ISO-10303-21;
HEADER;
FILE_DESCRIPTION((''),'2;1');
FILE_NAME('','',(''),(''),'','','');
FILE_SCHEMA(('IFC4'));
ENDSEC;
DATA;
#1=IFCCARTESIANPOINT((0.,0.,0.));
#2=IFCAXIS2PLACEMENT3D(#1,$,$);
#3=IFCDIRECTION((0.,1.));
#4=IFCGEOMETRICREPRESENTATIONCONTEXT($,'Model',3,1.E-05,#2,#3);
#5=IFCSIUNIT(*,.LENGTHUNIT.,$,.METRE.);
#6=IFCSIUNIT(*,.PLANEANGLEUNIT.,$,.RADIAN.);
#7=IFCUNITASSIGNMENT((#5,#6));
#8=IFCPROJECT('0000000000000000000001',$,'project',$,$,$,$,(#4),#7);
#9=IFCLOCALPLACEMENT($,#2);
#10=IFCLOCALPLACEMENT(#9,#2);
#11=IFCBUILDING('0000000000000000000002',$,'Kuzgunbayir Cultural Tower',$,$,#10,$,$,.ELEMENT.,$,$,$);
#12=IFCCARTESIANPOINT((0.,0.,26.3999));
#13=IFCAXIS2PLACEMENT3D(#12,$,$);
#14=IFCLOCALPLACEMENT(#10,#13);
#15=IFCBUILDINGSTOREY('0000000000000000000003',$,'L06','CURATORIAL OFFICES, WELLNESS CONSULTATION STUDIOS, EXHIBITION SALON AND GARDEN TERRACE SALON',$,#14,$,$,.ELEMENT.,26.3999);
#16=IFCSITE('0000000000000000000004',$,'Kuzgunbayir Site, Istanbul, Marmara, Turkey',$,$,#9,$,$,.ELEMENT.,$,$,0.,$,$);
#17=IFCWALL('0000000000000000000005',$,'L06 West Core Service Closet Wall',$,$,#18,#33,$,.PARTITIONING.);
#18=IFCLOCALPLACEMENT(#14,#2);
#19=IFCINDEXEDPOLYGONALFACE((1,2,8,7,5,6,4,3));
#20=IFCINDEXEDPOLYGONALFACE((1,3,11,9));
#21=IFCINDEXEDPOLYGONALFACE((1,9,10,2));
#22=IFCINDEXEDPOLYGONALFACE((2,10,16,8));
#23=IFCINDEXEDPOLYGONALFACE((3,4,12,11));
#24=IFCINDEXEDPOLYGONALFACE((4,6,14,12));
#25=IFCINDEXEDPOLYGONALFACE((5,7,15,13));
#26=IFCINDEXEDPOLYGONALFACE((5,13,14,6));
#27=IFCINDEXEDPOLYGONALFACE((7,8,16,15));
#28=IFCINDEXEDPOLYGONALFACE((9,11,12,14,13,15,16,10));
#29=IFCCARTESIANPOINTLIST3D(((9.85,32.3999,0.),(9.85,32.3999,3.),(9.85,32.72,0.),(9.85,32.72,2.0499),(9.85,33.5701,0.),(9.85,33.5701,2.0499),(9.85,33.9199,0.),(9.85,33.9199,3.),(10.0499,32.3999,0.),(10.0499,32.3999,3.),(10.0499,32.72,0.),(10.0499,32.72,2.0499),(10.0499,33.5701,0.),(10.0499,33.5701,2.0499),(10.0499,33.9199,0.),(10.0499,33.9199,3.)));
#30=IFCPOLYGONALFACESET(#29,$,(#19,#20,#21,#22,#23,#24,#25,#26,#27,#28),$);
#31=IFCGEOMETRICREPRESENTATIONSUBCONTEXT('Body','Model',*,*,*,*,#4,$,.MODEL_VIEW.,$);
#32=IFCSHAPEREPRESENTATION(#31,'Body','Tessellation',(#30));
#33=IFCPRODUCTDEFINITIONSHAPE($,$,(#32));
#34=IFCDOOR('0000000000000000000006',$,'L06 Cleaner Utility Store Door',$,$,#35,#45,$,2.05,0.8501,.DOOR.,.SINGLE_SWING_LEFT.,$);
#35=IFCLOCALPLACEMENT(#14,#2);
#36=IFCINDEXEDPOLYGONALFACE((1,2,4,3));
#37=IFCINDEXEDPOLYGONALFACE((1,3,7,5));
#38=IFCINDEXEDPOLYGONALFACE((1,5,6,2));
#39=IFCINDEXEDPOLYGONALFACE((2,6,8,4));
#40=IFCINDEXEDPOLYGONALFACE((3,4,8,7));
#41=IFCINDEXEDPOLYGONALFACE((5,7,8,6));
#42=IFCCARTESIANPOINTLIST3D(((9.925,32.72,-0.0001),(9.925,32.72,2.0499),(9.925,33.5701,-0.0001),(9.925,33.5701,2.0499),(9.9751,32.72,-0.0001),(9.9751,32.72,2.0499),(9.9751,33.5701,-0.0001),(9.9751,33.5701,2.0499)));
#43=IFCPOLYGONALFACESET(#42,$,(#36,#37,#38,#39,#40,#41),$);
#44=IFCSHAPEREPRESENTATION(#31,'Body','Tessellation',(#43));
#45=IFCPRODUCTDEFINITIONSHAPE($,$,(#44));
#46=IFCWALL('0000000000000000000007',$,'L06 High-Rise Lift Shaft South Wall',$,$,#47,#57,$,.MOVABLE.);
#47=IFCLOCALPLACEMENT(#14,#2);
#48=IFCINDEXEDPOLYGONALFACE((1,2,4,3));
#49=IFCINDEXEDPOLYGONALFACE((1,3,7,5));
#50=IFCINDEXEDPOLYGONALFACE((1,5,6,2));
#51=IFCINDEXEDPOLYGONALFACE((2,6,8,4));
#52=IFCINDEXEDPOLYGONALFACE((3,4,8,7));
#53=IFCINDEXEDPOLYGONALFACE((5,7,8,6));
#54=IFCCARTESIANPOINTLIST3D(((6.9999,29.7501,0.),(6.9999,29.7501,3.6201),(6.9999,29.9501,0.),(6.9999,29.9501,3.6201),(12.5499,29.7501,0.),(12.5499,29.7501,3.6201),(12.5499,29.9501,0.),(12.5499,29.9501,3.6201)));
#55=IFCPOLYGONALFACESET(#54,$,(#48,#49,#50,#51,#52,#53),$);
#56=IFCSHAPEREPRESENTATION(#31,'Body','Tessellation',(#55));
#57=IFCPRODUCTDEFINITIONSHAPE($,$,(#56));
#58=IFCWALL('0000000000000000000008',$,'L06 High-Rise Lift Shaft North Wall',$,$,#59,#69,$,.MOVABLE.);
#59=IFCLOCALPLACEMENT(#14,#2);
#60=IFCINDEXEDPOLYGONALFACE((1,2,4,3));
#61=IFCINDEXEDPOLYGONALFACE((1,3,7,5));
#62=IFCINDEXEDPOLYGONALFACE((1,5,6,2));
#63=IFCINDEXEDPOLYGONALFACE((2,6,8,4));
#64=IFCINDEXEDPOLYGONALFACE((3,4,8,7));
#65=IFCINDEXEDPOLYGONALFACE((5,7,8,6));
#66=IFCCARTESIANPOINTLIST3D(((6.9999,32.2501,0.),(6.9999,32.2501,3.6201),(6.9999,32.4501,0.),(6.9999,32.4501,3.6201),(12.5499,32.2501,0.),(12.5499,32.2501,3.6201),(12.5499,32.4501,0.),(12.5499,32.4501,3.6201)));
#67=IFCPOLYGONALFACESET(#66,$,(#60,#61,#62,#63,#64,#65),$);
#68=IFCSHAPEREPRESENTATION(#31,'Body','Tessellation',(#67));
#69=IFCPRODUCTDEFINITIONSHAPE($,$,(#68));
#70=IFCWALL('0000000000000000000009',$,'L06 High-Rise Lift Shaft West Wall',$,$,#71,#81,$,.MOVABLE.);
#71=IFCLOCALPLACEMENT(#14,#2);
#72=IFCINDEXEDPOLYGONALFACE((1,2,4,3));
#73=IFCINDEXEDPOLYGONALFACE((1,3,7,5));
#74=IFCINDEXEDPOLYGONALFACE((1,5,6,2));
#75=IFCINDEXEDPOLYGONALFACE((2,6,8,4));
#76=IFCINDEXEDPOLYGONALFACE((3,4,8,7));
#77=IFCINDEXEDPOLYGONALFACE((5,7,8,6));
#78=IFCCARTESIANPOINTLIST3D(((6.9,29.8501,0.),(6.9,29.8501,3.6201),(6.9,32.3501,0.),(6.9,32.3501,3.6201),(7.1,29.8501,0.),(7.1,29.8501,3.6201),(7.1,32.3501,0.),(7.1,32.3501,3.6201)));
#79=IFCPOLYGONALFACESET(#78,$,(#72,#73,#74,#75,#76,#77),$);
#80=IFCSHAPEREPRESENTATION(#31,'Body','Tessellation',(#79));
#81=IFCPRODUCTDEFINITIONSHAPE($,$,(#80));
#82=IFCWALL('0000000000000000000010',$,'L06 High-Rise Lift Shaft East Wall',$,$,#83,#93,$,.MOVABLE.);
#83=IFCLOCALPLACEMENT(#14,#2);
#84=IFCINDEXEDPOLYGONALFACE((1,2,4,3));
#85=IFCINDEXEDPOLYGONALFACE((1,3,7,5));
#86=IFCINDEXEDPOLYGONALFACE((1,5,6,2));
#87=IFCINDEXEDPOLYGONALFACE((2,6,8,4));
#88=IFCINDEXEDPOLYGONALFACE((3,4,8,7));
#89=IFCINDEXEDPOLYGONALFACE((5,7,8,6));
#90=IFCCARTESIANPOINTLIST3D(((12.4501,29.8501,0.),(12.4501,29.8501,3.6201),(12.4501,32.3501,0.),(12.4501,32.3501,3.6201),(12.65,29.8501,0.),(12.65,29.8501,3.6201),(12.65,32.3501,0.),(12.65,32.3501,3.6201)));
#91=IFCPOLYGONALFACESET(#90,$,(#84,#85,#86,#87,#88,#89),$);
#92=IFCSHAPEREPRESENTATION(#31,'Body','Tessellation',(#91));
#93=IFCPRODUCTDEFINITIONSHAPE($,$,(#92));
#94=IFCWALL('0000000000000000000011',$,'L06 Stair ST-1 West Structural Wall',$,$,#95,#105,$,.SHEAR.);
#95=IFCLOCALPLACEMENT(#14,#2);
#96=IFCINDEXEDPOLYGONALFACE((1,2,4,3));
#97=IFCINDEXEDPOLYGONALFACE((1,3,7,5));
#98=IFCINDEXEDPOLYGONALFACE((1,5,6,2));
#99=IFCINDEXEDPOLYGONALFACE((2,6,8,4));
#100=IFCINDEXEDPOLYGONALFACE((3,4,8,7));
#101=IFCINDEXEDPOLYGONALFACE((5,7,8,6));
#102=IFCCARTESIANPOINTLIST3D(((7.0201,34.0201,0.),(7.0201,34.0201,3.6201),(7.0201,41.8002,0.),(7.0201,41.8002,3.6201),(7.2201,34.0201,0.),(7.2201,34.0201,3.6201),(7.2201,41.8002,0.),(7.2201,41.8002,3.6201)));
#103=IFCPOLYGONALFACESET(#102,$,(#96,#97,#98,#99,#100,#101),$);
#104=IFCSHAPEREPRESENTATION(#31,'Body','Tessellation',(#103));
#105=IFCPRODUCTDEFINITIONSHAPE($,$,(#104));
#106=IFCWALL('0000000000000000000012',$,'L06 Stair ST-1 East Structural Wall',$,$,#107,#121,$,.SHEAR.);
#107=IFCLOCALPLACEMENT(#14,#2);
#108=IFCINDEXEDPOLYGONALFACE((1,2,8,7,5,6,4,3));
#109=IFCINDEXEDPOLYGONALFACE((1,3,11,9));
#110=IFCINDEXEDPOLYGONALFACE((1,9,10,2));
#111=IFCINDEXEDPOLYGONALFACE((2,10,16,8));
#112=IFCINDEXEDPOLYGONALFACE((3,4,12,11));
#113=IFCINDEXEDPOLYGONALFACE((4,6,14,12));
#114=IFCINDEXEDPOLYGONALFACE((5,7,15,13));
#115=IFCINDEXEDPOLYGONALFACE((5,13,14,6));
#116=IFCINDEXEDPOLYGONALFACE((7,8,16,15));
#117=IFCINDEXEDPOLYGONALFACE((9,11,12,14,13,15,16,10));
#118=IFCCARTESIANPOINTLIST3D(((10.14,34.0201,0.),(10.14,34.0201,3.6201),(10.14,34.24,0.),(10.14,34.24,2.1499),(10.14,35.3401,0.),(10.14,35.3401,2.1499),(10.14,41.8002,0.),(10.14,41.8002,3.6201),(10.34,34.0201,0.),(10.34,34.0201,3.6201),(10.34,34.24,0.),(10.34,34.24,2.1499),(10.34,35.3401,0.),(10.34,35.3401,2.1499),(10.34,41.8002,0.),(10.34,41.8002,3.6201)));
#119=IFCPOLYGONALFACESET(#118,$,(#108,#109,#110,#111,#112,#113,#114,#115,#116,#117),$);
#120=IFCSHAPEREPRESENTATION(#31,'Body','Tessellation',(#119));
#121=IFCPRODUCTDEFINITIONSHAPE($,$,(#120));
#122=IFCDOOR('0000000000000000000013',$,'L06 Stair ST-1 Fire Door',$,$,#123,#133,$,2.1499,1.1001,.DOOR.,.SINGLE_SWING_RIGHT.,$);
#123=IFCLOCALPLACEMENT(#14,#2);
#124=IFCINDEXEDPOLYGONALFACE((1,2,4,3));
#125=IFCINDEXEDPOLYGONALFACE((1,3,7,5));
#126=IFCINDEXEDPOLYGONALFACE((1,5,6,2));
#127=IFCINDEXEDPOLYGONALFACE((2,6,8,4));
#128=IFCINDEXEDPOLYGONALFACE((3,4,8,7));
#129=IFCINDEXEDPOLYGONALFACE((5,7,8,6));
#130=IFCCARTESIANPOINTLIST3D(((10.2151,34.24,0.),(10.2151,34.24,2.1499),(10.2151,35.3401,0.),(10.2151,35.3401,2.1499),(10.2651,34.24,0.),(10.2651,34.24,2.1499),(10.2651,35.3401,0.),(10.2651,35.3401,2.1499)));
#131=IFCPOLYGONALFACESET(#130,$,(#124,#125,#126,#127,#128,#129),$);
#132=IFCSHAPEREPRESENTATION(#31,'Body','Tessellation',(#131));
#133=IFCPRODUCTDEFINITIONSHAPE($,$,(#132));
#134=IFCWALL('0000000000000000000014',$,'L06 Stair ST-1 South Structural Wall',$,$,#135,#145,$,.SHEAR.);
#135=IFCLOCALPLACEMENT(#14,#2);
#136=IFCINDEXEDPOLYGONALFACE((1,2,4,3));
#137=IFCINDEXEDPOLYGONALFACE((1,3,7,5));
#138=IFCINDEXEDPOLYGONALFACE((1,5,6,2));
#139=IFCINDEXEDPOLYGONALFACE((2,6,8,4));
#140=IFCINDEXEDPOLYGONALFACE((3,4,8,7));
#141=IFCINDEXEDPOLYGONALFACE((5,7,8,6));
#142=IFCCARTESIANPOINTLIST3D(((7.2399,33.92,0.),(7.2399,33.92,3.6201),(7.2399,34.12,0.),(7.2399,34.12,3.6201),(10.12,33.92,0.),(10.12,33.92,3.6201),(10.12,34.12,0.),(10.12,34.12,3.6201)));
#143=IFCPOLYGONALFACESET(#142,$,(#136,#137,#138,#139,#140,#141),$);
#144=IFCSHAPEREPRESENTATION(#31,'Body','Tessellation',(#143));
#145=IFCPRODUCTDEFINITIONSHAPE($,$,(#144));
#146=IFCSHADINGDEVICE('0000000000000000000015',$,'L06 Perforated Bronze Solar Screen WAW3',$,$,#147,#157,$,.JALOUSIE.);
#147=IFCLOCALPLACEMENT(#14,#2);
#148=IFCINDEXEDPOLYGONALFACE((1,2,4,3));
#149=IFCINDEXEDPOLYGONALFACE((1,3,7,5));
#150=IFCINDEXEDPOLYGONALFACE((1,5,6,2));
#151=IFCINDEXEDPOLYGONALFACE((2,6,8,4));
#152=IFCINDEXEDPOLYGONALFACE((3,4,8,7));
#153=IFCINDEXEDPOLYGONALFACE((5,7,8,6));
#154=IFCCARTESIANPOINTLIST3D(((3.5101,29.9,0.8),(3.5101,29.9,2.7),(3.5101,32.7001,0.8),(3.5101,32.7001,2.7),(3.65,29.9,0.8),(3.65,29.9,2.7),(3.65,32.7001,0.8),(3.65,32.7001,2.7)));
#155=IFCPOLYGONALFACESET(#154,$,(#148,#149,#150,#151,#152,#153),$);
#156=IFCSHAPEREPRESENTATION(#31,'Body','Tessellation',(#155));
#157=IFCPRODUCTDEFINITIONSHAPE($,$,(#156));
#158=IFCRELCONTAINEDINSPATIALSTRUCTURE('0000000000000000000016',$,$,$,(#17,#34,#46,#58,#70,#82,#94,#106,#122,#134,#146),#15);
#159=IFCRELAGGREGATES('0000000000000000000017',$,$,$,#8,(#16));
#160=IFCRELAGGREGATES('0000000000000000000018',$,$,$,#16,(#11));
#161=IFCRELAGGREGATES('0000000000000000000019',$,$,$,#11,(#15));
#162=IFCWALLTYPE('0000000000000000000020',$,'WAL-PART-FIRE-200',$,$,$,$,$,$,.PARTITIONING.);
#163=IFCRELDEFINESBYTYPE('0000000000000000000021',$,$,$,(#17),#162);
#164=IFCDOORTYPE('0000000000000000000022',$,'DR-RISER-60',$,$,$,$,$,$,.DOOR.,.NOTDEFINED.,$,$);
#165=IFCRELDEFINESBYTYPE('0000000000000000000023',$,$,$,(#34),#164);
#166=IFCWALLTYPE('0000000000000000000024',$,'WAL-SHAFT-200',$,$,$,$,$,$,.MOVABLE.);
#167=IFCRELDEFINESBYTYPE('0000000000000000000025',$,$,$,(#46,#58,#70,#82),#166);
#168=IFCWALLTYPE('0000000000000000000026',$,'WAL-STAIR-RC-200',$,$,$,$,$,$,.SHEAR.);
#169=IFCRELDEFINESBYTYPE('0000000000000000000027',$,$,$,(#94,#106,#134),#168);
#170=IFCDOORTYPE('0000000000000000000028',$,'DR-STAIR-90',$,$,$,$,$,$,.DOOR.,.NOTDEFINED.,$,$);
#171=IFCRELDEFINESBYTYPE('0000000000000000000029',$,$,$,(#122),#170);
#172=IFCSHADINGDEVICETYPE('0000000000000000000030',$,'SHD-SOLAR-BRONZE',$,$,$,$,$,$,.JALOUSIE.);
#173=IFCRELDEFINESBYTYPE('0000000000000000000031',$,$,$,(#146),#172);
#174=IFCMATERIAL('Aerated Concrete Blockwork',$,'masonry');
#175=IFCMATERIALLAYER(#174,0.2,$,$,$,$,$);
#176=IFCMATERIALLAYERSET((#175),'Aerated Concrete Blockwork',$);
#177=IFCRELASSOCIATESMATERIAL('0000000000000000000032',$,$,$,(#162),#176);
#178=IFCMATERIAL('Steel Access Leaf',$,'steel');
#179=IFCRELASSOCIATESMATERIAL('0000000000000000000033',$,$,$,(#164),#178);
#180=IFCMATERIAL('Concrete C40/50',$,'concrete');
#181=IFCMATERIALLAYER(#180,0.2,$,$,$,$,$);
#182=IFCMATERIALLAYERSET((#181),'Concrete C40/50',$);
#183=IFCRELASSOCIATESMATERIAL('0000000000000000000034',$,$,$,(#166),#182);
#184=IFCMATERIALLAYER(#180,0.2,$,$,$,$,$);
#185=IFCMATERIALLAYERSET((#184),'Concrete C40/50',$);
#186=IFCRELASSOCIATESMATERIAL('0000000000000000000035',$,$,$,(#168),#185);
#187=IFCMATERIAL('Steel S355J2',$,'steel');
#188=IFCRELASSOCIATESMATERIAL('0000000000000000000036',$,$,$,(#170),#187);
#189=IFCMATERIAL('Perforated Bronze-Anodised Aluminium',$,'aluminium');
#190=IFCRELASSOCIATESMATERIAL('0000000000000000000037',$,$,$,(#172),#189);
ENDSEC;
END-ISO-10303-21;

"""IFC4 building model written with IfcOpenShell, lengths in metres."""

from ifc_helpers import new_model, si_unit, direction, frame, frame_2d, origin, origin_2d, place, context, subcontext, project, spatial, rectangle, extrude, material, layer, layer_set, type_object, element, fill, save


model = new_model("IFC4")

# Units and contexts
model_context = context("Model", 3, precision=1e-05, world=origin(), true_north=direction((0.0, 1.0)))
body_context = subcontext(model_context, "Body", "Model", "MODEL_VIEW")
ifc_project = project(units=[si_unit("LENGTHUNIT", "METRE"), si_unit("PLANEANGLEUNIT", "RADIAN")], contexts=[model_context])

# Site, building, storey
site_placement = place(None, origin())
site = spatial("IfcSite", under=ifc_project, at=site_placement, Name="Kuzgunbayir Site, Istanbul, Marmara, Turkey", CompositionType="ELEMENT", RefElevation=0.0)
building_placement = place(site_placement, origin())
building = spatial("IfcBuilding", under=site, at=building_placement, Name="Kuzgunbayir Cultural Tower", CompositionType="ELEMENT")
storey_placement = place(building_placement, frame((0.0, 0.0, 26.3999)))
storey = spatial("IfcBuildingStorey", under=building, at=storey_placement, Name="L06", Description="CURATORIAL OFFICES, WELLNESS CONSULTATION STUDIOS, EXHIBITION SALON AND GARDEN TERRACE SALON", CompositionType="ELEMENT", Elevation=26.3999)

# Shared definitions
ifc_material_1 = material(Name="Steel S355J2", Category="steel")

# Shared definitions
ifc_material_2 = material(Name="Aerated Concrete Blockwork", Category="masonry")
ifc_layer_1 = layer(ifc_material_2, 0.2)
ifc_layer_set_1 = layer_set([ifc_layer_1], Name="Aerated Concrete Blockwork")
wall_type_1 = type_object("IfcWallType", Name="WAL-PART-FIRE-200", PredefinedType="PARTITIONING", material=ifc_layer_set_1)

# Wall, opening, door
wall_1_placement = place(storey_placement, frame((9.95, 32.3999, 0.0), z_axis=(0.0, 0.0, 1.0), x_axis=(0.0, 1.0, 0.0)))
wall_1 = element("IfcWall", 1, at=wall_1_placement, inside=storey, type_object=wall_type_1, Name="L06 West Core Service Closet Wall", PredefinedType="PARTITIONING", context=body_context, shape_type="SweptSolid", body=[
    extrude(rectangle(XDim=1.52, YDim=0.2, at=frame_2d((0.76, 0.0))), origin(), (0.0, 0.0, 1.0), 3.0),
])
opening_1_placement = place(wall_1_placement, frame((0.3201, 0.0, 0.0)))
opening_1 = element("IfcOpeningElement", 2, at=opening_1_placement, cuts=wall_1, PredefinedType="OPENING", context=body_context, shape_type="SweptSolid", body=[
    extrude(rectangle(XDim=0.8501, YDim=2.05, at=frame_2d((0.425, 1.0249))), frame((0.0, 0.1099, 0.0), z_axis=(0.0, -1.0, 0.0), x_axis=(1.0, 0.0, 0.0)), (0.0, 0.0, 1.0), 0.22),
])
ifc_material_3 = material(Name="Steel Access Leaf", Category="steel")
door_type_1 = type_object("IfcDoorType", Name="DR-RISER-60", OperationType="NOTDEFINED", PredefinedType="DOOR", material=ifc_material_3)
door_1_placement = place(opening_1_placement, origin())
door_1 = element("IfcDoor", 3, at=door_1_placement, inside=storey, type_object=door_type_1, Name="L06 Cleaner Utility Store Door", OperationType="SINGLE_SWING_LEFT", OverallHeight=2.05, OverallWidth=0.8501, PredefinedType="DOOR", context=body_context, shape_type="SweptSolid", body=[
    extrude(rectangle(XDim=0.8501, YDim=2.05, at=frame_2d((0.425, 1.0249))), frame((0.0, 0.0249, 0.0), z_axis=(0.0, -1.0, 0.0), x_axis=(1.0, 0.0, 0.0)), (0.0, 0.0, 1.0), 0.05),
])
fill(opening_1, door_1)

# Walls
ifc_material_4 = material(Name="Concrete C40/50", Category="concrete")
ifc_layer_2 = layer(ifc_material_4, 0.2)
ifc_layer_set_2 = layer_set([ifc_layer_2], Name="Concrete C40/50")
wall_type_2 = type_object("IfcWallType", Name="WAL-SHAFT-200", PredefinedType="MOVABLE", material=ifc_layer_set_2)
for number, where, z_axis, x_axis, name in (
    (4, (7.0, 29.8501, 0.0), (0.0, 0.0, 1.0), (1.0, 0.0, 0.0), "L06 High-Rise Lift Shaft South Wall"),
    (5, (7.0, 32.3501, 0.0), (0.0, 0.0, 1.0), (1.0, 0.0, 0.0), "L06 High-Rise Lift Shaft North Wall"),
):
    element("IfcWall", number, at=place(storey_placement, frame(where, z_axis=z_axis, x_axis=x_axis)), inside=storey, type_object=wall_type_2, Name=name, PredefinedType="MOVABLE", context=body_context, shape_type="SweptSolid", body=[
        extrude(rectangle(XDim=5.55, YDim=0.2, at=frame_2d((2.7749, 0.0))), origin(), (0.0, 0.0, 1.0), 3.6201),
    ])
for number, where, z_axis, x_axis, name in (
    (6, (7.0, 29.8501, 0.0), (0.0, 0.0, 1.0), (0.0, 1.0, 0.0), "L06 High-Rise Lift Shaft West Wall"),
    (7, (12.55, 29.8501, 0.0), (0.0, 0.0, 1.0), (0.0, 1.0, 0.0), "L06 High-Rise Lift Shaft East Wall"),
):
    element("IfcWall", number, at=place(storey_placement, frame(where, z_axis=z_axis, x_axis=x_axis)), inside=storey, type_object=wall_type_2, Name=name, PredefinedType="MOVABLE", context=body_context, shape_type="SweptSolid", body=[
        extrude(rectangle(XDim=2.5, YDim=0.2, at=frame_2d((1.25, 0.0))), origin(), (0.0, 0.0, 1.0), 3.6201),
    ])
ifc_layer_3 = layer(ifc_material_4, 0.2)
ifc_layer_set_3 = layer_set([ifc_layer_3], Name="Concrete C40/50")
wall_type_3 = type_object("IfcWallType", Name="WAL-STAIR-RC-200", PredefinedType="SHEAR", material=ifc_layer_set_3)
wall_2_placement = place(storey_placement, frame((7.1201, 34.02, 0.0), z_axis=(0.0, 0.0, 1.0), x_axis=(0.0, 1.0, 0.0)))
element("IfcWall", 8, at=wall_2_placement, inside=storey, type_object=wall_type_3, Name="L06 Stair ST-1 West Structural Wall", PredefinedType="SHEAR", context=body_context, shape_type="SweptSolid", body=[
    extrude(rectangle(XDim=7.78, YDim=0.2, at=frame_2d((3.8901, 0.0))), origin(), (0.0, 0.0, 1.0), 3.6201),
])

# Wall, opening, door
wall_3_placement = place(storey_placement, frame((10.24, 34.02, 0.0), z_axis=(0.0, 0.0, 1.0), x_axis=(0.0, 1.0, 0.0)))
wall_3 = element("IfcWall", 9, at=wall_3_placement, inside=storey, type_object=wall_type_3, Name="L06 Stair ST-1 East Structural Wall", PredefinedType="SHEAR", context=body_context, shape_type="SweptSolid", body=[
    extrude(rectangle(XDim=7.78, YDim=0.2, at=frame_2d((3.8901, 0.0))), origin(), (0.0, 0.0, 1.0), 3.6201),
])
opening_2_placement = place(wall_3_placement, frame((0.22, 0.0, 0.0)))
opening_2 = element("IfcOpeningElement", 10, at=opening_2_placement, cuts=wall_3, PredefinedType="OPENING", context=body_context, shape_type="SweptSolid", body=[
    extrude(rectangle(XDim=1.1001, YDim=2.1499, at=frame_2d((0.55, 1.075))), frame((0.0, 0.1099, 0.0), z_axis=(0.0, -1.0, 0.0), x_axis=(1.0, 0.0, 0.0)), (0.0, 0.0, 1.0), 0.22),
])
door_type_2 = type_object("IfcDoorType", Name="DR-STAIR-90", OperationType="NOTDEFINED", PredefinedType="DOOR", material=ifc_material_1)
door_2_placement = place(opening_2_placement, origin())
door_2 = element("IfcDoor", 11, at=door_2_placement, inside=storey, type_object=door_type_2, Name="L06 Stair ST-1 Fire Door", OperationType="SINGLE_SWING_RIGHT", OverallHeight=2.1499, OverallWidth=1.1001, PredefinedType="DOOR", context=body_context, shape_type="SweptSolid", body=[
    extrude(rectangle(XDim=1.1001, YDim=2.1499, at=frame_2d((0.55, 1.075))), frame((0.0, 0.0249, 0.0), z_axis=(0.0, -1.0, 0.0), x_axis=(1.0, 0.0, 0.0)), (0.0, 0.0, 1.0), 0.05),
])
fill(opening_2, door_2)

# Wall
wall_4_placement = place(storey_placement, frame((7.24, 34.02, 0.0), z_axis=(0.0, 0.0, 1.0), x_axis=(1.0, 0.0, 0.0)))
element("IfcWall", 12, at=wall_4_placement, inside=storey, type_object=wall_type_3, Name="L06 Stair ST-1 South Structural Wall", PredefinedType="SHEAR", context=body_context, shape_type="SweptSolid", body=[
    extrude(rectangle(XDim=2.8801, YDim=0.2, at=frame_2d((1.4399, 0.0))), origin(), (0.0, 0.0, 1.0), 3.6201),
])

# Shading device
ifc_material_5 = material(Name="Perforated Bronze-Anodised Aluminium", Category="aluminium")
shading_device_type = type_object("IfcShadingDeviceType", Name="SHD-SOLAR-BRONZE", PredefinedType="JALOUSIE", material=ifc_material_5)
shading_device_placement = place(storey_placement, frame((3.5801, 31.3, 0.8), z_axis=(0.0, 0.0, 1.0), x_axis=(1.0, 0.0, 0.0)))
element("IfcShadingDevice", 13, at=shading_device_placement, inside=storey, type_object=shading_device_type, Name="L06 Perforated Bronze Solar Screen WAW3", PredefinedType="JALOUSIE", context=body_context, shape_type="SweptSolid", body=[
    extrude(rectangle(XDim=0.1399, YDim=2.8, at=origin_2d()), origin(), (0.0, 0.0, 1.0), 1.8999),
])

save(model, "model.ifc")
